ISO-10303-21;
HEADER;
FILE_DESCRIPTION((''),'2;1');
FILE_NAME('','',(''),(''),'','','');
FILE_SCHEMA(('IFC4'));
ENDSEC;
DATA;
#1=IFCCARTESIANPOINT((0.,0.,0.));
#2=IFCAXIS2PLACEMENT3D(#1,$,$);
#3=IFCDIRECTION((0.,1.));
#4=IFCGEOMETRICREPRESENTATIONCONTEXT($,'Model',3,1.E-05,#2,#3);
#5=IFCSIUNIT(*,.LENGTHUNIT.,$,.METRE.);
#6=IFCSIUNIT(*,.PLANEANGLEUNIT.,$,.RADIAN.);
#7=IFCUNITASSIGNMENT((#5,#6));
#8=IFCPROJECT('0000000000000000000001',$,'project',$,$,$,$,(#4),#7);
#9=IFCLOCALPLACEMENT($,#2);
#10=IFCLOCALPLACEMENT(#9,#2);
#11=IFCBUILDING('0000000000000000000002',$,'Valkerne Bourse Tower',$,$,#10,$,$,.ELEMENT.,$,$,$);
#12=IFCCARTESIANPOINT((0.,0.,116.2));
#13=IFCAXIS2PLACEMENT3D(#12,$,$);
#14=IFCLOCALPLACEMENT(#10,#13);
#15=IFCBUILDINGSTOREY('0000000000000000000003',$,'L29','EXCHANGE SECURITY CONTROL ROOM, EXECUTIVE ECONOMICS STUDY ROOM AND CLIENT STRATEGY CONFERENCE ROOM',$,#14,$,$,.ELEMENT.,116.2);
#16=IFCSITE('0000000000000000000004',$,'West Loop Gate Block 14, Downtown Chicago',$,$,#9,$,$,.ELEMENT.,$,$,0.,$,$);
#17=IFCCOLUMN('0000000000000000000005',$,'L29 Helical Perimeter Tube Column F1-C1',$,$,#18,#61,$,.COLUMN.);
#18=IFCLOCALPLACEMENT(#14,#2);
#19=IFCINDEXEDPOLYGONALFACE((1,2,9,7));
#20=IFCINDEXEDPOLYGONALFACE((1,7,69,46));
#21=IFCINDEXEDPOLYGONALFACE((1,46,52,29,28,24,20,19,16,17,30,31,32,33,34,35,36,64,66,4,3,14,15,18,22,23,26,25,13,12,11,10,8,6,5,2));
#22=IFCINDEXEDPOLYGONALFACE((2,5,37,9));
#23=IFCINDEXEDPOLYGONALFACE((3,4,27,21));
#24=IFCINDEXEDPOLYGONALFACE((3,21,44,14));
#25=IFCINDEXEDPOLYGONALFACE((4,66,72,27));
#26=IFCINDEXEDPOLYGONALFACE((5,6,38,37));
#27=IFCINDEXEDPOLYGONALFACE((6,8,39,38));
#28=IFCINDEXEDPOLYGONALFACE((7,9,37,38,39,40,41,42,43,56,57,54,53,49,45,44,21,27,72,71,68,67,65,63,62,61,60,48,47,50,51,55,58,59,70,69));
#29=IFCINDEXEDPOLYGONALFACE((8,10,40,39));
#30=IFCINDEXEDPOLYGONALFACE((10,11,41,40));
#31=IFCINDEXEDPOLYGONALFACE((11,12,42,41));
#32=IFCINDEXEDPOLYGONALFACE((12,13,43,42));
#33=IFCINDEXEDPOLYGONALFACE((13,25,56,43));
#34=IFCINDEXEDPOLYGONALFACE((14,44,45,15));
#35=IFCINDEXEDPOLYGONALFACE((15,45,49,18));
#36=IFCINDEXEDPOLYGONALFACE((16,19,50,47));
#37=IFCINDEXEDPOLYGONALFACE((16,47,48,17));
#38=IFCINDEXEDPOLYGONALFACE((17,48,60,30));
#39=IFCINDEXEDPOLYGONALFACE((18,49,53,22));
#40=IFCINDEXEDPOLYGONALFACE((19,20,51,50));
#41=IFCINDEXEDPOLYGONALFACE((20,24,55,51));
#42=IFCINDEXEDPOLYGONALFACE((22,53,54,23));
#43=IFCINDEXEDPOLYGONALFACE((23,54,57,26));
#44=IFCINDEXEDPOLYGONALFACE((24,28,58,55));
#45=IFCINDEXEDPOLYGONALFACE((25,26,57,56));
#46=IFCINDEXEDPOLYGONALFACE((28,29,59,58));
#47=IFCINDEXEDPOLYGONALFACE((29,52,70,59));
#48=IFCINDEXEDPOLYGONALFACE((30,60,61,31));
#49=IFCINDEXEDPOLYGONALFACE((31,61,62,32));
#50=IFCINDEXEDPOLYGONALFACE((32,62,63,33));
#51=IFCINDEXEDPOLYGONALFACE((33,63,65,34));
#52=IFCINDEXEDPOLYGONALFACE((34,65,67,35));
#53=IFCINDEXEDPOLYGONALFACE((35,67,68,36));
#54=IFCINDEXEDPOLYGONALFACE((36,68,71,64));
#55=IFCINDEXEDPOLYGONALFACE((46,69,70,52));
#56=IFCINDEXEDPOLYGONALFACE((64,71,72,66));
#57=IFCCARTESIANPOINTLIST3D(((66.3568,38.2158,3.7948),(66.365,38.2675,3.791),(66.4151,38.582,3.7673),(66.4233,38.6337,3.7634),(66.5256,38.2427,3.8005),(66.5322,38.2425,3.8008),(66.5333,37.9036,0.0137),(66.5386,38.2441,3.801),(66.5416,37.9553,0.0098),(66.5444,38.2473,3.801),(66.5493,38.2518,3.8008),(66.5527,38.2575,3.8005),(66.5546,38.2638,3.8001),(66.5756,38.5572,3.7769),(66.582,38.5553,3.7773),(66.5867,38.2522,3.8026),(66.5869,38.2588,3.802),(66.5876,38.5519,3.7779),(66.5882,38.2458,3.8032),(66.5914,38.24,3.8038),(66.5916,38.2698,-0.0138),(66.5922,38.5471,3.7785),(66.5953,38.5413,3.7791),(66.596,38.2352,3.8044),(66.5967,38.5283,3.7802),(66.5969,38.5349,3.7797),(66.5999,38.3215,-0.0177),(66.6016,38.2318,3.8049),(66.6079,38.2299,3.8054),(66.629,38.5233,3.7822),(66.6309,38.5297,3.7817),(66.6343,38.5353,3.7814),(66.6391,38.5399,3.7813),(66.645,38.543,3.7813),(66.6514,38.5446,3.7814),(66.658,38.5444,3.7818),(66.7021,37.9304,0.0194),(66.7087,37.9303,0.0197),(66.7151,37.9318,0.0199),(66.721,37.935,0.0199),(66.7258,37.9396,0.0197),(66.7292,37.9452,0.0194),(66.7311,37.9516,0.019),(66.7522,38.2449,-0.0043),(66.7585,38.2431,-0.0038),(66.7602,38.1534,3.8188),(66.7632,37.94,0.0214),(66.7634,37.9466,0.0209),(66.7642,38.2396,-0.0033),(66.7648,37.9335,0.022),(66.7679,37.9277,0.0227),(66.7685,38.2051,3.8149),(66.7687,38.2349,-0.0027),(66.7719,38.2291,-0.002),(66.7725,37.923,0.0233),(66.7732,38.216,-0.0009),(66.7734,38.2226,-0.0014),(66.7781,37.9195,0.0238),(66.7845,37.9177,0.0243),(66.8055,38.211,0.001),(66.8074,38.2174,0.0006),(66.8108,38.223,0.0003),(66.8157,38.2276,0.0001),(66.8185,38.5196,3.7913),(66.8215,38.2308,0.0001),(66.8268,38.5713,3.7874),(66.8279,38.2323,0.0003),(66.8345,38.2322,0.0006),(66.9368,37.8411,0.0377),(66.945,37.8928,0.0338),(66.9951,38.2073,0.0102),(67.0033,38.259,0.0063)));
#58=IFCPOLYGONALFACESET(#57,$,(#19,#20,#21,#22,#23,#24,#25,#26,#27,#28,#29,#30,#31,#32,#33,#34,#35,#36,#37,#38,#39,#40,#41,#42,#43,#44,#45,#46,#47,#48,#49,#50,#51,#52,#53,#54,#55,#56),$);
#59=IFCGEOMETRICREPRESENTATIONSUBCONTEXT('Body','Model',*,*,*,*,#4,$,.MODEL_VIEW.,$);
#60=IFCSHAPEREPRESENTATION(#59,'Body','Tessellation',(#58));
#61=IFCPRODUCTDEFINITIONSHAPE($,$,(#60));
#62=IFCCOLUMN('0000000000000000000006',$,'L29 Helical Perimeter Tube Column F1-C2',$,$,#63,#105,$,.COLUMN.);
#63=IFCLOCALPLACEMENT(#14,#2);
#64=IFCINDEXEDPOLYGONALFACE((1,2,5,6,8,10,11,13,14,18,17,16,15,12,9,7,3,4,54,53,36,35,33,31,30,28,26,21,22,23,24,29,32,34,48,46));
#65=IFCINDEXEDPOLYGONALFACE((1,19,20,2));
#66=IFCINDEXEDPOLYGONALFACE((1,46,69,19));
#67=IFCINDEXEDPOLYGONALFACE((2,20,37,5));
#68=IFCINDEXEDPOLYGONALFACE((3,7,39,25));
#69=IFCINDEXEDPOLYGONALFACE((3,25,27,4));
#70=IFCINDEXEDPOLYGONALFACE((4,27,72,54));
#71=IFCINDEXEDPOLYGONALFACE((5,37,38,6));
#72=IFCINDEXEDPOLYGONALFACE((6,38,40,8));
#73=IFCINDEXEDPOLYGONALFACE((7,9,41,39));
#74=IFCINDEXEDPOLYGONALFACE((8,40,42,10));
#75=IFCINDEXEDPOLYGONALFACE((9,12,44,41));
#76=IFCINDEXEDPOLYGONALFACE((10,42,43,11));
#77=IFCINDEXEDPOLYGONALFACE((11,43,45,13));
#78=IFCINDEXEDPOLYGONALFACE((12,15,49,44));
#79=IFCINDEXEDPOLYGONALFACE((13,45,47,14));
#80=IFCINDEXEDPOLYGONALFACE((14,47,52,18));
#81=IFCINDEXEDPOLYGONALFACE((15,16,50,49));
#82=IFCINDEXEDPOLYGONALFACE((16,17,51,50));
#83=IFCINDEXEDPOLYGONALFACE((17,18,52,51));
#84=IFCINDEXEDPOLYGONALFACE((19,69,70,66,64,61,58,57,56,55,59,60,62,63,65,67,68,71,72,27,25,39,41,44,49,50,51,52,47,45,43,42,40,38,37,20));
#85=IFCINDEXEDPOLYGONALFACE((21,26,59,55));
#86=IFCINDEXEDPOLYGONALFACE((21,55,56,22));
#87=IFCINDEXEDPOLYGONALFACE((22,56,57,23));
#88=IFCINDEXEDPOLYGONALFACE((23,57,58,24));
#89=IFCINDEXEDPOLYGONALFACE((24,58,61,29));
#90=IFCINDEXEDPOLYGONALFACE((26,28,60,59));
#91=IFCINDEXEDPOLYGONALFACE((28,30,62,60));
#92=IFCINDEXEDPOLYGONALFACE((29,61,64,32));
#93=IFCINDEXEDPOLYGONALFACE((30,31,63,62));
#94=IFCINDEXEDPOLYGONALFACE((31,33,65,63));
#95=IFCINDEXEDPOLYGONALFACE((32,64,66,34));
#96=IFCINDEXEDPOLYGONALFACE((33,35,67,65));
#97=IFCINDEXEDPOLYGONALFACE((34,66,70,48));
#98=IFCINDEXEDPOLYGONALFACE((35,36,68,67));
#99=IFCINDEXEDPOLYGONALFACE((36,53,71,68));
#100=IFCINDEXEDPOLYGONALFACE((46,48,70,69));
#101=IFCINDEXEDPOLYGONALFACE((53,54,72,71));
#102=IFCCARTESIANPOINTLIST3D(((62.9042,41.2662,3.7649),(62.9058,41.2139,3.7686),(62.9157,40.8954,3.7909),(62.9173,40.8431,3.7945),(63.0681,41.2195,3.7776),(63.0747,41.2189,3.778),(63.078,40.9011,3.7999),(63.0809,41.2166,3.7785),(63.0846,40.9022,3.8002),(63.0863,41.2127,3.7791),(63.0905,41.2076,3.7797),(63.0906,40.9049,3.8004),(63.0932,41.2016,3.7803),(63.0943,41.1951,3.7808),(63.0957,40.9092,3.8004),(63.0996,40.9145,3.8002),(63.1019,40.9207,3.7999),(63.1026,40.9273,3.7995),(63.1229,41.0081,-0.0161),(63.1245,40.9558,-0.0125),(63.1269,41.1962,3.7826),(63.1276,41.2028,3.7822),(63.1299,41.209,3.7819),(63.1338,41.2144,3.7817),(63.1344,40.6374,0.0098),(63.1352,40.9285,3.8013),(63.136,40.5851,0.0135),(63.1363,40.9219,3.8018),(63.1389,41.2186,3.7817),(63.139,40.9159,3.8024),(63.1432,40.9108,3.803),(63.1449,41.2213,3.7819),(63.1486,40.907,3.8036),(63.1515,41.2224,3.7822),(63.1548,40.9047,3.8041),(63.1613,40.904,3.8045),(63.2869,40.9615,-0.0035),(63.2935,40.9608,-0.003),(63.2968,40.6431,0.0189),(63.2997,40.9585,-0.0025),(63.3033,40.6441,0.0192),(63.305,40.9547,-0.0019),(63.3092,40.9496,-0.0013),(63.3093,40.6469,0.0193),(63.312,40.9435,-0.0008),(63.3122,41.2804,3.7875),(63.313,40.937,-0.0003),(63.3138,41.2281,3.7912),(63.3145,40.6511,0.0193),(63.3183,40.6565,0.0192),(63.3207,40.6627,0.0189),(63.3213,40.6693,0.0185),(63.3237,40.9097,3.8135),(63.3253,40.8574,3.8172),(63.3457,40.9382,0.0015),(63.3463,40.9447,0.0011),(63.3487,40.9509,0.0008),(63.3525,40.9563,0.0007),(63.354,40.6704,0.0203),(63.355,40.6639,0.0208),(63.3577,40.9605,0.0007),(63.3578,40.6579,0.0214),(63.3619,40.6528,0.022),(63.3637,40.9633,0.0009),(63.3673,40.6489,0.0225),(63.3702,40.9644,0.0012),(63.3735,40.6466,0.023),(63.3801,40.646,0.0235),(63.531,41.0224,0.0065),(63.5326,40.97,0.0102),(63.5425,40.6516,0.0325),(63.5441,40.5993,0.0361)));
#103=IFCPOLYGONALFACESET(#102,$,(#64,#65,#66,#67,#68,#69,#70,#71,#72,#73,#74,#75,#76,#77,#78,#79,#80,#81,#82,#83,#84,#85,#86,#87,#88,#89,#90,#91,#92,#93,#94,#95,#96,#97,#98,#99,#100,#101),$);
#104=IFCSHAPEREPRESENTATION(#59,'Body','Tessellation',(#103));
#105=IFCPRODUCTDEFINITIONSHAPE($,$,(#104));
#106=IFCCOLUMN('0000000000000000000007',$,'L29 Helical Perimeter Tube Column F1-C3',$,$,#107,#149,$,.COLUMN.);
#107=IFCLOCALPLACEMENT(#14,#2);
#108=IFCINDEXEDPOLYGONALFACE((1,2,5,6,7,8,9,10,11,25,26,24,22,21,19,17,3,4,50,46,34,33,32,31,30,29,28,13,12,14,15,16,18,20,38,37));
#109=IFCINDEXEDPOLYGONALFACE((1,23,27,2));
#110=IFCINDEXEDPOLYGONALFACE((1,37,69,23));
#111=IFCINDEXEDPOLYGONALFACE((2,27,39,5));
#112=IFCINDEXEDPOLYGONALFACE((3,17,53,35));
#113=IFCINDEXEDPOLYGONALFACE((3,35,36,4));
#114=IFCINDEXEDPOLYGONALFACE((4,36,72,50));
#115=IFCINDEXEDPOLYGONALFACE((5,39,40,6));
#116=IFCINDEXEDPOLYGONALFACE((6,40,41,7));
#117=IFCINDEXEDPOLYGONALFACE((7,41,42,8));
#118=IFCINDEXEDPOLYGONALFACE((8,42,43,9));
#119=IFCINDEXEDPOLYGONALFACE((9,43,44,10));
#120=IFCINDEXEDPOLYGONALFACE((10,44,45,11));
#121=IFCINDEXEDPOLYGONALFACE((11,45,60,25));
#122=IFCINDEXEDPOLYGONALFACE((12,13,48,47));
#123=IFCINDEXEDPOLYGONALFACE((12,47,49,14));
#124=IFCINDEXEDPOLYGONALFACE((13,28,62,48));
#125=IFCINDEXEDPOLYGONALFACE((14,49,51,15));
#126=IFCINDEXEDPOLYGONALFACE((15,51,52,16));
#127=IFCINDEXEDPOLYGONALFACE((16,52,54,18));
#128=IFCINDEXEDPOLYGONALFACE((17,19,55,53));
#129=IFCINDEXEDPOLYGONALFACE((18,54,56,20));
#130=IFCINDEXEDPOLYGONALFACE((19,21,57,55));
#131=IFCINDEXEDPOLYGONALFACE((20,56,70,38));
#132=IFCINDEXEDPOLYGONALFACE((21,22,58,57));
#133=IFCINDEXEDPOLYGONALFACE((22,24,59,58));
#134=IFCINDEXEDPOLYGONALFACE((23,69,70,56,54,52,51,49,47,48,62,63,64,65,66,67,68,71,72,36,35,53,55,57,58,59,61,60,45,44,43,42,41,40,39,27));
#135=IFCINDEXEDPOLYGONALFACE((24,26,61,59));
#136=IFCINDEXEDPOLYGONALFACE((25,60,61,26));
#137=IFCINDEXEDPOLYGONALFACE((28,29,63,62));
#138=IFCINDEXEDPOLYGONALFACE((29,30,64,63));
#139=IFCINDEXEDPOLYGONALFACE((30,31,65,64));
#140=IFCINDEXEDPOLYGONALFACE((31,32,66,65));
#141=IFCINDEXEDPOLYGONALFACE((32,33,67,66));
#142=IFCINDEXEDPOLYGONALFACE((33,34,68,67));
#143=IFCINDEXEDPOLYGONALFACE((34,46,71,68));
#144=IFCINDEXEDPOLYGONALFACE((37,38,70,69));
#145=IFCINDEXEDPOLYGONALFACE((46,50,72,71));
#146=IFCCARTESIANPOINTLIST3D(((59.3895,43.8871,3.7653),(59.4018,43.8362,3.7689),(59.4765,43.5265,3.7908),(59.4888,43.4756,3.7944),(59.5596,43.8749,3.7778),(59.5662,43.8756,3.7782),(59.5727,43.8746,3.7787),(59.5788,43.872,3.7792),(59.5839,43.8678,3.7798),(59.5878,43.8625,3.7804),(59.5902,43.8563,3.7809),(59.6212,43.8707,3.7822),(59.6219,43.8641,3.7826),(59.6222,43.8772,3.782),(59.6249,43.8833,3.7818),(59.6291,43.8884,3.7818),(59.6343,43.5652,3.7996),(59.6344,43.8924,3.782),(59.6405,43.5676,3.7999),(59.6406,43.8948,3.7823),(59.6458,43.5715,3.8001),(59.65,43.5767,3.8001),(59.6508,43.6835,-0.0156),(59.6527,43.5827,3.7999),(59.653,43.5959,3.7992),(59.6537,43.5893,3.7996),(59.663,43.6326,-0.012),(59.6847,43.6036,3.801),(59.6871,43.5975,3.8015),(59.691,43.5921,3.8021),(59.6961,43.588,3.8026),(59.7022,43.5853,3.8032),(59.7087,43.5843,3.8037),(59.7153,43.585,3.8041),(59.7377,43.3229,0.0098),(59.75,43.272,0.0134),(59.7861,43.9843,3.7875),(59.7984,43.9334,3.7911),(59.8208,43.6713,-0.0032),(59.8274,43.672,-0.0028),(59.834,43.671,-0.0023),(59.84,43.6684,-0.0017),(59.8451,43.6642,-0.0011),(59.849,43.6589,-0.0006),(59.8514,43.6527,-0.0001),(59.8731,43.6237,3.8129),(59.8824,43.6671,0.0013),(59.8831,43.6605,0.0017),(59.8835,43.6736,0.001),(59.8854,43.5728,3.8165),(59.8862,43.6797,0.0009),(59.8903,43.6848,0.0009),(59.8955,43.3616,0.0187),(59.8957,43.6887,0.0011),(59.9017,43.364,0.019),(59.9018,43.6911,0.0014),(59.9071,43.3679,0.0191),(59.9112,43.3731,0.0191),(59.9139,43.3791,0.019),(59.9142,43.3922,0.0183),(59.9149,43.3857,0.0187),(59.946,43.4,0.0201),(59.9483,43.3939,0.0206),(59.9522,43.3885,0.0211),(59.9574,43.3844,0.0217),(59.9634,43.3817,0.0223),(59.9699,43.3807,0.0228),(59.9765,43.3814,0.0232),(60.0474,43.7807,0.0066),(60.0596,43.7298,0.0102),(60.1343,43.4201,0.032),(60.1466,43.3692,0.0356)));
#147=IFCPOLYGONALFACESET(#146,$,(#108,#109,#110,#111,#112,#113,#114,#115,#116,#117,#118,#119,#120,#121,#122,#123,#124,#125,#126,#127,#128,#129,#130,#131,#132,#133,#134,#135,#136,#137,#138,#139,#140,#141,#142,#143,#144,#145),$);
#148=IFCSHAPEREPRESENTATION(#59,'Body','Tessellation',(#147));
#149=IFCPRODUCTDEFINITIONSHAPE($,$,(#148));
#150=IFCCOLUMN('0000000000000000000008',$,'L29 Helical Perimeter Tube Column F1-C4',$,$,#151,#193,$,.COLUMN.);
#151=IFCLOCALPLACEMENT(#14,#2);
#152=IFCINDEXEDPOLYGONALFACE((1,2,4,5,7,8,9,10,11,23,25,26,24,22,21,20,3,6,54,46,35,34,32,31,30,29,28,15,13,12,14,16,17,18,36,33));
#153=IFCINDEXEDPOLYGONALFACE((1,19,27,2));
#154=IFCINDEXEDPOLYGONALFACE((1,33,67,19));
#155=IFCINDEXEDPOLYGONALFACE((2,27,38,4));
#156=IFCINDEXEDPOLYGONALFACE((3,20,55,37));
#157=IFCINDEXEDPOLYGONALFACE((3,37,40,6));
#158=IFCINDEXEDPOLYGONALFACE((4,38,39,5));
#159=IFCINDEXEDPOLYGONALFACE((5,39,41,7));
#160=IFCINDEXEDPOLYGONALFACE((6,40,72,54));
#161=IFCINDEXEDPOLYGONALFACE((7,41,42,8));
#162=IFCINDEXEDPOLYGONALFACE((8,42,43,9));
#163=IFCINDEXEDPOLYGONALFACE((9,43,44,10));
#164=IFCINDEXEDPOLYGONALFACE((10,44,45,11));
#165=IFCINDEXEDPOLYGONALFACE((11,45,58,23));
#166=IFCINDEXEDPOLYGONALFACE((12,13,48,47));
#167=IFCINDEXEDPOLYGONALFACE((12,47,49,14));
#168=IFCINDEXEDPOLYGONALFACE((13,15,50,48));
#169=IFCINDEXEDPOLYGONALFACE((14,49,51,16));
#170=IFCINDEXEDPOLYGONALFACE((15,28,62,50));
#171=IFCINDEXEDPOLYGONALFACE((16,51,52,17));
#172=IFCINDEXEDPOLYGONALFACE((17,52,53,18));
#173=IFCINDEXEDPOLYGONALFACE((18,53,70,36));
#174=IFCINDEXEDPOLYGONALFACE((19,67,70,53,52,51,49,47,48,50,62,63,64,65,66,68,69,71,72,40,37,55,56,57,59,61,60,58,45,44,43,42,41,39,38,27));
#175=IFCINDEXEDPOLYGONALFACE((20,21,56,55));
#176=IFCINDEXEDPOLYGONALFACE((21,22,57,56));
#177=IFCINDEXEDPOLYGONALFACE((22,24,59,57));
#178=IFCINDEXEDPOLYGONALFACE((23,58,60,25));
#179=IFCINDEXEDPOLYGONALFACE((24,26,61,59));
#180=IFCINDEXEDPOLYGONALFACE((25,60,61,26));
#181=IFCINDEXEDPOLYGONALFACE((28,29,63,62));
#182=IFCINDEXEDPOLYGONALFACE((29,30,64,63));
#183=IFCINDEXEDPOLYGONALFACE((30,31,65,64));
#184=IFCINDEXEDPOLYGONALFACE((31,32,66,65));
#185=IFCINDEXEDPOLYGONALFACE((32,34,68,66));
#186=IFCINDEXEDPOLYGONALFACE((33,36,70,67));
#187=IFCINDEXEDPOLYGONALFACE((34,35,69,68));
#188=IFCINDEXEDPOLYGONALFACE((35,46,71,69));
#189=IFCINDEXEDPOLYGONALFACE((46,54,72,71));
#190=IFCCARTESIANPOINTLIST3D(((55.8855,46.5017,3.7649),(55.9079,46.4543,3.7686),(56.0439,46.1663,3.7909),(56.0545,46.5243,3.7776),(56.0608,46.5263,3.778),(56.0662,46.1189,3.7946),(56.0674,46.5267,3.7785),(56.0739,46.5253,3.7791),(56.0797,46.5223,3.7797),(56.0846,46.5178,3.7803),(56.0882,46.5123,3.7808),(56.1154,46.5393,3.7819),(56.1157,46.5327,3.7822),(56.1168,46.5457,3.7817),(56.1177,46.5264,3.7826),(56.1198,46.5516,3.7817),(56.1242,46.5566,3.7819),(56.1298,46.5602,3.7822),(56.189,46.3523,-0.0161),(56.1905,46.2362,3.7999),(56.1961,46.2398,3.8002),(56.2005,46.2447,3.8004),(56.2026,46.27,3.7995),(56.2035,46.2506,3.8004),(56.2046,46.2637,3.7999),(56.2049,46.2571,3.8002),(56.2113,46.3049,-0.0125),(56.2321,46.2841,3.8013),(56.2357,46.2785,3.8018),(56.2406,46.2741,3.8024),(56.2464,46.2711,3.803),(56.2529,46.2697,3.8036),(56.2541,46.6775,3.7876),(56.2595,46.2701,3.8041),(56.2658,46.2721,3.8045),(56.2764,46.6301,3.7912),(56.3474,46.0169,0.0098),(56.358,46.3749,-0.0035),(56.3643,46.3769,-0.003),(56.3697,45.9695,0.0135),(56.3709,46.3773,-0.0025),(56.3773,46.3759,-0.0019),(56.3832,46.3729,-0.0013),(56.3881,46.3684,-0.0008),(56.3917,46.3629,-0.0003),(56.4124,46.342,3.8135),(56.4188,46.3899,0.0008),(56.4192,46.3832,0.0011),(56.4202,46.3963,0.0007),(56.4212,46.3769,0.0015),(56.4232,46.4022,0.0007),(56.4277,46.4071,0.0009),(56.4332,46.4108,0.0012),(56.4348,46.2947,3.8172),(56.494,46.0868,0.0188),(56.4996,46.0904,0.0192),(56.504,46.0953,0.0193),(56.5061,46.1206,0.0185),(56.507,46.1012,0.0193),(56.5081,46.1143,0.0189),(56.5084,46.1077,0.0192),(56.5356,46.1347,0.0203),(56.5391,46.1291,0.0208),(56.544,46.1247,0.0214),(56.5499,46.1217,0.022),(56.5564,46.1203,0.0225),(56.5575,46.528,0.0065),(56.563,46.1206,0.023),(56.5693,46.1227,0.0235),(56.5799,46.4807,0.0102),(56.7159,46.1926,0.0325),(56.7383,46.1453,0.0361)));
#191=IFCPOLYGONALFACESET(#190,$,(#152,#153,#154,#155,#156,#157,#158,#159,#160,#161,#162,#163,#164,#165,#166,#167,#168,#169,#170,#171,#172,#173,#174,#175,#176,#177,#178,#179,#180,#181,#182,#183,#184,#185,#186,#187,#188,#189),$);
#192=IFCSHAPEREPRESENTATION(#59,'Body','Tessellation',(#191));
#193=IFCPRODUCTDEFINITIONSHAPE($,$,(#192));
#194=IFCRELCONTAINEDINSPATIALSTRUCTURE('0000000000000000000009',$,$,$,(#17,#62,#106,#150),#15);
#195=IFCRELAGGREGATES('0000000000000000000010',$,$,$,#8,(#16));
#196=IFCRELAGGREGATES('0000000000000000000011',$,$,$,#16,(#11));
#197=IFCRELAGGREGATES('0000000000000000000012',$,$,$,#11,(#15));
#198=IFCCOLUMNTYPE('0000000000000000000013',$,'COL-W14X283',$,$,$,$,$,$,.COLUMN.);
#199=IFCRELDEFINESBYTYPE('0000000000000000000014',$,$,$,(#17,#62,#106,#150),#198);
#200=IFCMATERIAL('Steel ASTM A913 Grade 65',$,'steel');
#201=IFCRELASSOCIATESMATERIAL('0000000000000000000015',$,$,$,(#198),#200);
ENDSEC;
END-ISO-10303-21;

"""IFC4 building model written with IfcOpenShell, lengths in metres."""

from ifc_helpers import new_model, si_unit, direction, frame, origin, origin_2d, place, context, subcontext, project, spatial, i_section, extrude, material, material_profile, profile_set, type_object, element, save


model = new_model("IFC4")

# Units and contexts
model_context = context("Model", 3, precision=1e-05, world=origin(), true_north=direction((0.0, 1.0)))
body_context = subcontext(model_context, "Body", "Model", "MODEL_VIEW")
ifc_project = project(units=[si_unit("LENGTHUNIT", "METRE"), si_unit("PLANEANGLEUNIT", "RADIAN")], contexts=[model_context])

# Site, building, storey
site_placement = place(None, origin())
site = spatial("IfcSite", under=ifc_project, at=site_placement, Name="West Loop Gate Block 14, Downtown Chicago", CompositionType="ELEMENT", RefElevation=0.0)
building_placement = place(site_placement, origin())
building = spatial("IfcBuilding", under=site, at=building_placement, Name="Valkerne Bourse Tower", CompositionType="ELEMENT")
storey_placement = place(building_placement, frame((0.0, 0.0, 116.2)))
storey = spatial("IfcBuildingStorey", under=building, at=storey_placement, Name="L29", Description="EXCHANGE SECURITY CONTROL ROOM, EXECUTIVE ECONOMICS STUDY ROOM AND CLIENT STRATEGY CONFERENCE ROOM", CompositionType="ELEMENT", Elevation=116.2)

# Columns
ifc_material_1 = material(Name="Steel ASTM A913 Grade 65", Category="steel")
ifc_material_profile_1 = material_profile(ifc_material_1, i_section(OverallWidth=0.4089, OverallDepth=0.4243, WebThickness=0.0327, FlangeThickness=0.0525, FilletRadius=0.0254, at=origin_2d()), Name="W14X283")
ifc_profile_set_1 = profile_set([ifc_material_profile_1], Name="Steel ASTM A913 Grade 65")
column_type = type_object("IfcColumnType", Name="COL-W14X283", PredefinedType="COLUMN", material=ifc_profile_set_1)
column_1_placement = place(storey_placement, frame((66.7683, 38.0813, 0.01), z_axis=(-0.046476, 0.082216, 0.99553), x_axis=(0.986536, -0.152658, 0.058663)))
element("IfcColumn", 1, at=column_1_placement, inside=storey, type_object=column_type, Name="L29 Helical Perimeter Tube Column F1-C1", PredefinedType="COLUMN", context=body_context, shape_type="SweptSolid", body=[
    extrude(i_section(OverallWidth=0.4089, OverallDepth=0.4243, WebThickness=0.0327, FlangeThickness=0.0525, FilletRadius=0.0254, at=origin_2d()), origin(), (0.0, 0.0, 1.0), 3.7981),
])
column_2_placement = place(storey_placement, frame((63.3335, 40.8037, 0.01), z_axis=(-0.057625, 0.067979, 0.996021), x_axis=(0.997859, 0.03482, 0.055355)))
element("IfcColumn", 2, at=column_2_placement, inside=storey, type_object=column_type, Name="L29 Helical Perimeter Tube Column F1-C2", PredefinedType="COLUMN", context=body_context, shape_type="SweptSolid", body=[
    extrude(i_section(OverallWidth=0.4089, OverallDepth=0.4243, WebThickness=0.0327, FlangeThickness=0.0525, FilletRadius=0.0254, at=origin_2d()), origin(), (0.0, 0.0, 1.0), 3.7961),
])
column_3_placement = place(storey_placement, frame((59.8987, 43.5264, 0.01), z_axis=(-0.068827, 0.053646, 0.996185), x_axis=(0.969822, 0.237714, 0.054204)))
element("IfcColumn", 3, at=column_3_placement, inside=storey, type_object=column_type, Name="L29 Helical Perimeter Tube Column F1-C3", PredefinedType="COLUMN", context=body_context, shape_type="SweptSolid", body=[
    extrude(i_section(OverallWidth=0.4089, OverallDepth=0.4243, WebThickness=0.0327, FlangeThickness=0.0525, FilletRadius=0.0254, at=origin_2d()), origin(), (0.0, 0.0, 1.0), 3.7954),
])
column_4_placement = place(storey_placement, frame((56.4636, 46.2488, 0.01), z_axis=(-0.079942, 0.03936, 0.996022), x_axis=(0.901221, 0.429811, 0.055348)))
element("IfcColumn", 4, at=column_4_placement, inside=storey, type_object=column_type, Name="L29 Helical Perimeter Tube Column F1-C4", PredefinedType="COLUMN", context=body_context, shape_type="SweptSolid", body=[
    extrude(i_section(OverallWidth=0.4089, OverallDepth=0.4243, WebThickness=0.0327, FlangeThickness=0.0525, FilletRadius=0.0254, at=origin_2d()), origin(), (0.0, 0.0, 1.0), 3.7961),
])

save(model, "model.ifc")
